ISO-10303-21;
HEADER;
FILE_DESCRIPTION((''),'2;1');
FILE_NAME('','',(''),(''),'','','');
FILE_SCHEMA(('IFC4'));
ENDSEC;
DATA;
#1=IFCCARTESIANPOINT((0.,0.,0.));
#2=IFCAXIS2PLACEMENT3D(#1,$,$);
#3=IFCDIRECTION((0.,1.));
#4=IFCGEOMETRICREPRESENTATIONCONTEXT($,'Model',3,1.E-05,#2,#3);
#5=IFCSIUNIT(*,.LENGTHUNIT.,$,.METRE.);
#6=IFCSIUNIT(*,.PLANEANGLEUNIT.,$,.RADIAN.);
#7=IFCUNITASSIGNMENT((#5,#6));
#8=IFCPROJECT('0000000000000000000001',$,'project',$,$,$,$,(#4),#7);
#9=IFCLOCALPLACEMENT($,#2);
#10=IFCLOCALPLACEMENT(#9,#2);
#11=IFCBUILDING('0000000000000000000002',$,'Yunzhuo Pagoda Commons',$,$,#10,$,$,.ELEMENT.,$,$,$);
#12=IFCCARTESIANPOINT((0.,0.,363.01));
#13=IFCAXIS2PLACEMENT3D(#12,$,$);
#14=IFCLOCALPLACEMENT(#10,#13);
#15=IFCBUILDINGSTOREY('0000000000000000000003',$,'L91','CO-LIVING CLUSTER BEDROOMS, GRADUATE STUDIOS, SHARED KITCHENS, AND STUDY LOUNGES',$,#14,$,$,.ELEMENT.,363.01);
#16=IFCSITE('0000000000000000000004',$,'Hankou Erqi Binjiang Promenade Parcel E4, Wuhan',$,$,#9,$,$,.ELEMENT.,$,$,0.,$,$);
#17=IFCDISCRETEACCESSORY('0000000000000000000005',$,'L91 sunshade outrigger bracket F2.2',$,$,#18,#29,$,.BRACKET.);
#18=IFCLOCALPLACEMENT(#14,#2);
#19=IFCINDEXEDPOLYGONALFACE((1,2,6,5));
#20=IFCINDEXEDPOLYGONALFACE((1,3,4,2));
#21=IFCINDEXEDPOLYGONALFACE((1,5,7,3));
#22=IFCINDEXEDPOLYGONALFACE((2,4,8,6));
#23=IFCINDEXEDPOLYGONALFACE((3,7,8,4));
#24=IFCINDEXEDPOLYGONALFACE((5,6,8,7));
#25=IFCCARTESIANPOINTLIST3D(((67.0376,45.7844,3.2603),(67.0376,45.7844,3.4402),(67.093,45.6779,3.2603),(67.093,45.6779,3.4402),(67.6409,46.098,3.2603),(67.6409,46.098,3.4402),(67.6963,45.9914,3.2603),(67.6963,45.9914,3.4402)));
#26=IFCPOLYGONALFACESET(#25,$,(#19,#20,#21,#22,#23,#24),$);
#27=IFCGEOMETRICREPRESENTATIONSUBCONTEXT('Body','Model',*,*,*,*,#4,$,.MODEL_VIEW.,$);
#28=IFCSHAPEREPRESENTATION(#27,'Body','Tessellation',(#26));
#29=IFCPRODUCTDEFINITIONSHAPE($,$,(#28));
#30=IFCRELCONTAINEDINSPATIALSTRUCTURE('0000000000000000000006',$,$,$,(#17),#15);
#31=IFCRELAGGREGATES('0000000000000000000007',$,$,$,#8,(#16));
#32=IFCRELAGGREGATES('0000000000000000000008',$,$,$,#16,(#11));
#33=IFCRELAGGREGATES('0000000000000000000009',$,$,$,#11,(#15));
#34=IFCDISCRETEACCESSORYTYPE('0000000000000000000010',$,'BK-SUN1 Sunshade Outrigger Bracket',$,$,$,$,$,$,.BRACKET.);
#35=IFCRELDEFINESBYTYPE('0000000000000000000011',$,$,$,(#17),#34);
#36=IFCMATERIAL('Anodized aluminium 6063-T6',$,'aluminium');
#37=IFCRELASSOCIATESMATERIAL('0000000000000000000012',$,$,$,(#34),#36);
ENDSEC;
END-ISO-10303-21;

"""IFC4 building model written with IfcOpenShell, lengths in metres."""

from ifc_helpers import new_model, si_unit, direction, frame, origin, origin_2d, place, context, subcontext, project, spatial, rectangle, extrude, source, transform, mapped, material, type_object, element, save


model = new_model("IFC4")

# Units and contexts
model_context = context("Model", 3, precision=1e-05, world=origin(), true_north=direction((0.0, 1.0)))
body_context = subcontext(model_context, "Body", "Model", "MODEL_VIEW")
ifc_project = project(units=[si_unit("LENGTHUNIT", "METRE"), si_unit("PLANEANGLEUNIT", "RADIAN")], contexts=[model_context])

# Site, building, storey
site_placement = place(None, origin())
site = spatial("IfcSite", under=ifc_project, at=site_placement, Name="Hankou Erqi Binjiang Promenade Parcel E4, Wuhan", CompositionType="ELEMENT", RefElevation=0.0)
building_placement = place(site_placement, origin())
building = spatial("IfcBuilding", under=site, at=building_placement, Name="Yunzhuo Pagoda Commons", CompositionType="ELEMENT")
storey_placement = place(building_placement, frame((0.0, 0.0, 363.01)))
storey = spatial("IfcBuildingStorey", under=building, at=storey_placement, Name="L91", Description="CO-LIVING CLUSTER BEDROOMS, GRADUATE STUDIOS, SHARED KITCHENS, AND STUDY LOUNGES", CompositionType="ELEMENT", Elevation=363.01)

# Shared definitions
ifc_material_1 = material(Name="Anodized aluminium 6063-T6", Category="aluminium")

# Discrete accessory
discrete_accessory_type = type_object("IfcDiscreteAccessoryType", Name="BK-SUN1 Sunshade Outrigger Bracket", PredefinedType="BRACKET", material=ifc_material_1)
shared_shape_1 = source(origin(), body_context, "Body", "SweptSolid", [
    extrude(rectangle(XDim=0.1201, YDim=0.6799, at=origin_2d()), origin(), (0.0, 0.0, 1.0), 0.1799),
])
discrete_accessory_placement = place(storey_placement, frame((67.3669, 45.8879, 3.2603), z_axis=(0.0, 0.0, 1.0), x_axis=(-0.461207, 0.887293, 0.0)))
element("IfcDiscreteAccessory", 1, at=discrete_accessory_placement, inside=storey, type_object=discrete_accessory_type, Name="L91 sunshade outrigger bracket F2.2", PredefinedType="BRACKET", context=body_context, shape_type="MappedRepresentation", body=[
    mapped(shared_shape_1, transform((0.0, 0.0, 0.0), scale=1.0)),
])

save(model, "model.ifc")
